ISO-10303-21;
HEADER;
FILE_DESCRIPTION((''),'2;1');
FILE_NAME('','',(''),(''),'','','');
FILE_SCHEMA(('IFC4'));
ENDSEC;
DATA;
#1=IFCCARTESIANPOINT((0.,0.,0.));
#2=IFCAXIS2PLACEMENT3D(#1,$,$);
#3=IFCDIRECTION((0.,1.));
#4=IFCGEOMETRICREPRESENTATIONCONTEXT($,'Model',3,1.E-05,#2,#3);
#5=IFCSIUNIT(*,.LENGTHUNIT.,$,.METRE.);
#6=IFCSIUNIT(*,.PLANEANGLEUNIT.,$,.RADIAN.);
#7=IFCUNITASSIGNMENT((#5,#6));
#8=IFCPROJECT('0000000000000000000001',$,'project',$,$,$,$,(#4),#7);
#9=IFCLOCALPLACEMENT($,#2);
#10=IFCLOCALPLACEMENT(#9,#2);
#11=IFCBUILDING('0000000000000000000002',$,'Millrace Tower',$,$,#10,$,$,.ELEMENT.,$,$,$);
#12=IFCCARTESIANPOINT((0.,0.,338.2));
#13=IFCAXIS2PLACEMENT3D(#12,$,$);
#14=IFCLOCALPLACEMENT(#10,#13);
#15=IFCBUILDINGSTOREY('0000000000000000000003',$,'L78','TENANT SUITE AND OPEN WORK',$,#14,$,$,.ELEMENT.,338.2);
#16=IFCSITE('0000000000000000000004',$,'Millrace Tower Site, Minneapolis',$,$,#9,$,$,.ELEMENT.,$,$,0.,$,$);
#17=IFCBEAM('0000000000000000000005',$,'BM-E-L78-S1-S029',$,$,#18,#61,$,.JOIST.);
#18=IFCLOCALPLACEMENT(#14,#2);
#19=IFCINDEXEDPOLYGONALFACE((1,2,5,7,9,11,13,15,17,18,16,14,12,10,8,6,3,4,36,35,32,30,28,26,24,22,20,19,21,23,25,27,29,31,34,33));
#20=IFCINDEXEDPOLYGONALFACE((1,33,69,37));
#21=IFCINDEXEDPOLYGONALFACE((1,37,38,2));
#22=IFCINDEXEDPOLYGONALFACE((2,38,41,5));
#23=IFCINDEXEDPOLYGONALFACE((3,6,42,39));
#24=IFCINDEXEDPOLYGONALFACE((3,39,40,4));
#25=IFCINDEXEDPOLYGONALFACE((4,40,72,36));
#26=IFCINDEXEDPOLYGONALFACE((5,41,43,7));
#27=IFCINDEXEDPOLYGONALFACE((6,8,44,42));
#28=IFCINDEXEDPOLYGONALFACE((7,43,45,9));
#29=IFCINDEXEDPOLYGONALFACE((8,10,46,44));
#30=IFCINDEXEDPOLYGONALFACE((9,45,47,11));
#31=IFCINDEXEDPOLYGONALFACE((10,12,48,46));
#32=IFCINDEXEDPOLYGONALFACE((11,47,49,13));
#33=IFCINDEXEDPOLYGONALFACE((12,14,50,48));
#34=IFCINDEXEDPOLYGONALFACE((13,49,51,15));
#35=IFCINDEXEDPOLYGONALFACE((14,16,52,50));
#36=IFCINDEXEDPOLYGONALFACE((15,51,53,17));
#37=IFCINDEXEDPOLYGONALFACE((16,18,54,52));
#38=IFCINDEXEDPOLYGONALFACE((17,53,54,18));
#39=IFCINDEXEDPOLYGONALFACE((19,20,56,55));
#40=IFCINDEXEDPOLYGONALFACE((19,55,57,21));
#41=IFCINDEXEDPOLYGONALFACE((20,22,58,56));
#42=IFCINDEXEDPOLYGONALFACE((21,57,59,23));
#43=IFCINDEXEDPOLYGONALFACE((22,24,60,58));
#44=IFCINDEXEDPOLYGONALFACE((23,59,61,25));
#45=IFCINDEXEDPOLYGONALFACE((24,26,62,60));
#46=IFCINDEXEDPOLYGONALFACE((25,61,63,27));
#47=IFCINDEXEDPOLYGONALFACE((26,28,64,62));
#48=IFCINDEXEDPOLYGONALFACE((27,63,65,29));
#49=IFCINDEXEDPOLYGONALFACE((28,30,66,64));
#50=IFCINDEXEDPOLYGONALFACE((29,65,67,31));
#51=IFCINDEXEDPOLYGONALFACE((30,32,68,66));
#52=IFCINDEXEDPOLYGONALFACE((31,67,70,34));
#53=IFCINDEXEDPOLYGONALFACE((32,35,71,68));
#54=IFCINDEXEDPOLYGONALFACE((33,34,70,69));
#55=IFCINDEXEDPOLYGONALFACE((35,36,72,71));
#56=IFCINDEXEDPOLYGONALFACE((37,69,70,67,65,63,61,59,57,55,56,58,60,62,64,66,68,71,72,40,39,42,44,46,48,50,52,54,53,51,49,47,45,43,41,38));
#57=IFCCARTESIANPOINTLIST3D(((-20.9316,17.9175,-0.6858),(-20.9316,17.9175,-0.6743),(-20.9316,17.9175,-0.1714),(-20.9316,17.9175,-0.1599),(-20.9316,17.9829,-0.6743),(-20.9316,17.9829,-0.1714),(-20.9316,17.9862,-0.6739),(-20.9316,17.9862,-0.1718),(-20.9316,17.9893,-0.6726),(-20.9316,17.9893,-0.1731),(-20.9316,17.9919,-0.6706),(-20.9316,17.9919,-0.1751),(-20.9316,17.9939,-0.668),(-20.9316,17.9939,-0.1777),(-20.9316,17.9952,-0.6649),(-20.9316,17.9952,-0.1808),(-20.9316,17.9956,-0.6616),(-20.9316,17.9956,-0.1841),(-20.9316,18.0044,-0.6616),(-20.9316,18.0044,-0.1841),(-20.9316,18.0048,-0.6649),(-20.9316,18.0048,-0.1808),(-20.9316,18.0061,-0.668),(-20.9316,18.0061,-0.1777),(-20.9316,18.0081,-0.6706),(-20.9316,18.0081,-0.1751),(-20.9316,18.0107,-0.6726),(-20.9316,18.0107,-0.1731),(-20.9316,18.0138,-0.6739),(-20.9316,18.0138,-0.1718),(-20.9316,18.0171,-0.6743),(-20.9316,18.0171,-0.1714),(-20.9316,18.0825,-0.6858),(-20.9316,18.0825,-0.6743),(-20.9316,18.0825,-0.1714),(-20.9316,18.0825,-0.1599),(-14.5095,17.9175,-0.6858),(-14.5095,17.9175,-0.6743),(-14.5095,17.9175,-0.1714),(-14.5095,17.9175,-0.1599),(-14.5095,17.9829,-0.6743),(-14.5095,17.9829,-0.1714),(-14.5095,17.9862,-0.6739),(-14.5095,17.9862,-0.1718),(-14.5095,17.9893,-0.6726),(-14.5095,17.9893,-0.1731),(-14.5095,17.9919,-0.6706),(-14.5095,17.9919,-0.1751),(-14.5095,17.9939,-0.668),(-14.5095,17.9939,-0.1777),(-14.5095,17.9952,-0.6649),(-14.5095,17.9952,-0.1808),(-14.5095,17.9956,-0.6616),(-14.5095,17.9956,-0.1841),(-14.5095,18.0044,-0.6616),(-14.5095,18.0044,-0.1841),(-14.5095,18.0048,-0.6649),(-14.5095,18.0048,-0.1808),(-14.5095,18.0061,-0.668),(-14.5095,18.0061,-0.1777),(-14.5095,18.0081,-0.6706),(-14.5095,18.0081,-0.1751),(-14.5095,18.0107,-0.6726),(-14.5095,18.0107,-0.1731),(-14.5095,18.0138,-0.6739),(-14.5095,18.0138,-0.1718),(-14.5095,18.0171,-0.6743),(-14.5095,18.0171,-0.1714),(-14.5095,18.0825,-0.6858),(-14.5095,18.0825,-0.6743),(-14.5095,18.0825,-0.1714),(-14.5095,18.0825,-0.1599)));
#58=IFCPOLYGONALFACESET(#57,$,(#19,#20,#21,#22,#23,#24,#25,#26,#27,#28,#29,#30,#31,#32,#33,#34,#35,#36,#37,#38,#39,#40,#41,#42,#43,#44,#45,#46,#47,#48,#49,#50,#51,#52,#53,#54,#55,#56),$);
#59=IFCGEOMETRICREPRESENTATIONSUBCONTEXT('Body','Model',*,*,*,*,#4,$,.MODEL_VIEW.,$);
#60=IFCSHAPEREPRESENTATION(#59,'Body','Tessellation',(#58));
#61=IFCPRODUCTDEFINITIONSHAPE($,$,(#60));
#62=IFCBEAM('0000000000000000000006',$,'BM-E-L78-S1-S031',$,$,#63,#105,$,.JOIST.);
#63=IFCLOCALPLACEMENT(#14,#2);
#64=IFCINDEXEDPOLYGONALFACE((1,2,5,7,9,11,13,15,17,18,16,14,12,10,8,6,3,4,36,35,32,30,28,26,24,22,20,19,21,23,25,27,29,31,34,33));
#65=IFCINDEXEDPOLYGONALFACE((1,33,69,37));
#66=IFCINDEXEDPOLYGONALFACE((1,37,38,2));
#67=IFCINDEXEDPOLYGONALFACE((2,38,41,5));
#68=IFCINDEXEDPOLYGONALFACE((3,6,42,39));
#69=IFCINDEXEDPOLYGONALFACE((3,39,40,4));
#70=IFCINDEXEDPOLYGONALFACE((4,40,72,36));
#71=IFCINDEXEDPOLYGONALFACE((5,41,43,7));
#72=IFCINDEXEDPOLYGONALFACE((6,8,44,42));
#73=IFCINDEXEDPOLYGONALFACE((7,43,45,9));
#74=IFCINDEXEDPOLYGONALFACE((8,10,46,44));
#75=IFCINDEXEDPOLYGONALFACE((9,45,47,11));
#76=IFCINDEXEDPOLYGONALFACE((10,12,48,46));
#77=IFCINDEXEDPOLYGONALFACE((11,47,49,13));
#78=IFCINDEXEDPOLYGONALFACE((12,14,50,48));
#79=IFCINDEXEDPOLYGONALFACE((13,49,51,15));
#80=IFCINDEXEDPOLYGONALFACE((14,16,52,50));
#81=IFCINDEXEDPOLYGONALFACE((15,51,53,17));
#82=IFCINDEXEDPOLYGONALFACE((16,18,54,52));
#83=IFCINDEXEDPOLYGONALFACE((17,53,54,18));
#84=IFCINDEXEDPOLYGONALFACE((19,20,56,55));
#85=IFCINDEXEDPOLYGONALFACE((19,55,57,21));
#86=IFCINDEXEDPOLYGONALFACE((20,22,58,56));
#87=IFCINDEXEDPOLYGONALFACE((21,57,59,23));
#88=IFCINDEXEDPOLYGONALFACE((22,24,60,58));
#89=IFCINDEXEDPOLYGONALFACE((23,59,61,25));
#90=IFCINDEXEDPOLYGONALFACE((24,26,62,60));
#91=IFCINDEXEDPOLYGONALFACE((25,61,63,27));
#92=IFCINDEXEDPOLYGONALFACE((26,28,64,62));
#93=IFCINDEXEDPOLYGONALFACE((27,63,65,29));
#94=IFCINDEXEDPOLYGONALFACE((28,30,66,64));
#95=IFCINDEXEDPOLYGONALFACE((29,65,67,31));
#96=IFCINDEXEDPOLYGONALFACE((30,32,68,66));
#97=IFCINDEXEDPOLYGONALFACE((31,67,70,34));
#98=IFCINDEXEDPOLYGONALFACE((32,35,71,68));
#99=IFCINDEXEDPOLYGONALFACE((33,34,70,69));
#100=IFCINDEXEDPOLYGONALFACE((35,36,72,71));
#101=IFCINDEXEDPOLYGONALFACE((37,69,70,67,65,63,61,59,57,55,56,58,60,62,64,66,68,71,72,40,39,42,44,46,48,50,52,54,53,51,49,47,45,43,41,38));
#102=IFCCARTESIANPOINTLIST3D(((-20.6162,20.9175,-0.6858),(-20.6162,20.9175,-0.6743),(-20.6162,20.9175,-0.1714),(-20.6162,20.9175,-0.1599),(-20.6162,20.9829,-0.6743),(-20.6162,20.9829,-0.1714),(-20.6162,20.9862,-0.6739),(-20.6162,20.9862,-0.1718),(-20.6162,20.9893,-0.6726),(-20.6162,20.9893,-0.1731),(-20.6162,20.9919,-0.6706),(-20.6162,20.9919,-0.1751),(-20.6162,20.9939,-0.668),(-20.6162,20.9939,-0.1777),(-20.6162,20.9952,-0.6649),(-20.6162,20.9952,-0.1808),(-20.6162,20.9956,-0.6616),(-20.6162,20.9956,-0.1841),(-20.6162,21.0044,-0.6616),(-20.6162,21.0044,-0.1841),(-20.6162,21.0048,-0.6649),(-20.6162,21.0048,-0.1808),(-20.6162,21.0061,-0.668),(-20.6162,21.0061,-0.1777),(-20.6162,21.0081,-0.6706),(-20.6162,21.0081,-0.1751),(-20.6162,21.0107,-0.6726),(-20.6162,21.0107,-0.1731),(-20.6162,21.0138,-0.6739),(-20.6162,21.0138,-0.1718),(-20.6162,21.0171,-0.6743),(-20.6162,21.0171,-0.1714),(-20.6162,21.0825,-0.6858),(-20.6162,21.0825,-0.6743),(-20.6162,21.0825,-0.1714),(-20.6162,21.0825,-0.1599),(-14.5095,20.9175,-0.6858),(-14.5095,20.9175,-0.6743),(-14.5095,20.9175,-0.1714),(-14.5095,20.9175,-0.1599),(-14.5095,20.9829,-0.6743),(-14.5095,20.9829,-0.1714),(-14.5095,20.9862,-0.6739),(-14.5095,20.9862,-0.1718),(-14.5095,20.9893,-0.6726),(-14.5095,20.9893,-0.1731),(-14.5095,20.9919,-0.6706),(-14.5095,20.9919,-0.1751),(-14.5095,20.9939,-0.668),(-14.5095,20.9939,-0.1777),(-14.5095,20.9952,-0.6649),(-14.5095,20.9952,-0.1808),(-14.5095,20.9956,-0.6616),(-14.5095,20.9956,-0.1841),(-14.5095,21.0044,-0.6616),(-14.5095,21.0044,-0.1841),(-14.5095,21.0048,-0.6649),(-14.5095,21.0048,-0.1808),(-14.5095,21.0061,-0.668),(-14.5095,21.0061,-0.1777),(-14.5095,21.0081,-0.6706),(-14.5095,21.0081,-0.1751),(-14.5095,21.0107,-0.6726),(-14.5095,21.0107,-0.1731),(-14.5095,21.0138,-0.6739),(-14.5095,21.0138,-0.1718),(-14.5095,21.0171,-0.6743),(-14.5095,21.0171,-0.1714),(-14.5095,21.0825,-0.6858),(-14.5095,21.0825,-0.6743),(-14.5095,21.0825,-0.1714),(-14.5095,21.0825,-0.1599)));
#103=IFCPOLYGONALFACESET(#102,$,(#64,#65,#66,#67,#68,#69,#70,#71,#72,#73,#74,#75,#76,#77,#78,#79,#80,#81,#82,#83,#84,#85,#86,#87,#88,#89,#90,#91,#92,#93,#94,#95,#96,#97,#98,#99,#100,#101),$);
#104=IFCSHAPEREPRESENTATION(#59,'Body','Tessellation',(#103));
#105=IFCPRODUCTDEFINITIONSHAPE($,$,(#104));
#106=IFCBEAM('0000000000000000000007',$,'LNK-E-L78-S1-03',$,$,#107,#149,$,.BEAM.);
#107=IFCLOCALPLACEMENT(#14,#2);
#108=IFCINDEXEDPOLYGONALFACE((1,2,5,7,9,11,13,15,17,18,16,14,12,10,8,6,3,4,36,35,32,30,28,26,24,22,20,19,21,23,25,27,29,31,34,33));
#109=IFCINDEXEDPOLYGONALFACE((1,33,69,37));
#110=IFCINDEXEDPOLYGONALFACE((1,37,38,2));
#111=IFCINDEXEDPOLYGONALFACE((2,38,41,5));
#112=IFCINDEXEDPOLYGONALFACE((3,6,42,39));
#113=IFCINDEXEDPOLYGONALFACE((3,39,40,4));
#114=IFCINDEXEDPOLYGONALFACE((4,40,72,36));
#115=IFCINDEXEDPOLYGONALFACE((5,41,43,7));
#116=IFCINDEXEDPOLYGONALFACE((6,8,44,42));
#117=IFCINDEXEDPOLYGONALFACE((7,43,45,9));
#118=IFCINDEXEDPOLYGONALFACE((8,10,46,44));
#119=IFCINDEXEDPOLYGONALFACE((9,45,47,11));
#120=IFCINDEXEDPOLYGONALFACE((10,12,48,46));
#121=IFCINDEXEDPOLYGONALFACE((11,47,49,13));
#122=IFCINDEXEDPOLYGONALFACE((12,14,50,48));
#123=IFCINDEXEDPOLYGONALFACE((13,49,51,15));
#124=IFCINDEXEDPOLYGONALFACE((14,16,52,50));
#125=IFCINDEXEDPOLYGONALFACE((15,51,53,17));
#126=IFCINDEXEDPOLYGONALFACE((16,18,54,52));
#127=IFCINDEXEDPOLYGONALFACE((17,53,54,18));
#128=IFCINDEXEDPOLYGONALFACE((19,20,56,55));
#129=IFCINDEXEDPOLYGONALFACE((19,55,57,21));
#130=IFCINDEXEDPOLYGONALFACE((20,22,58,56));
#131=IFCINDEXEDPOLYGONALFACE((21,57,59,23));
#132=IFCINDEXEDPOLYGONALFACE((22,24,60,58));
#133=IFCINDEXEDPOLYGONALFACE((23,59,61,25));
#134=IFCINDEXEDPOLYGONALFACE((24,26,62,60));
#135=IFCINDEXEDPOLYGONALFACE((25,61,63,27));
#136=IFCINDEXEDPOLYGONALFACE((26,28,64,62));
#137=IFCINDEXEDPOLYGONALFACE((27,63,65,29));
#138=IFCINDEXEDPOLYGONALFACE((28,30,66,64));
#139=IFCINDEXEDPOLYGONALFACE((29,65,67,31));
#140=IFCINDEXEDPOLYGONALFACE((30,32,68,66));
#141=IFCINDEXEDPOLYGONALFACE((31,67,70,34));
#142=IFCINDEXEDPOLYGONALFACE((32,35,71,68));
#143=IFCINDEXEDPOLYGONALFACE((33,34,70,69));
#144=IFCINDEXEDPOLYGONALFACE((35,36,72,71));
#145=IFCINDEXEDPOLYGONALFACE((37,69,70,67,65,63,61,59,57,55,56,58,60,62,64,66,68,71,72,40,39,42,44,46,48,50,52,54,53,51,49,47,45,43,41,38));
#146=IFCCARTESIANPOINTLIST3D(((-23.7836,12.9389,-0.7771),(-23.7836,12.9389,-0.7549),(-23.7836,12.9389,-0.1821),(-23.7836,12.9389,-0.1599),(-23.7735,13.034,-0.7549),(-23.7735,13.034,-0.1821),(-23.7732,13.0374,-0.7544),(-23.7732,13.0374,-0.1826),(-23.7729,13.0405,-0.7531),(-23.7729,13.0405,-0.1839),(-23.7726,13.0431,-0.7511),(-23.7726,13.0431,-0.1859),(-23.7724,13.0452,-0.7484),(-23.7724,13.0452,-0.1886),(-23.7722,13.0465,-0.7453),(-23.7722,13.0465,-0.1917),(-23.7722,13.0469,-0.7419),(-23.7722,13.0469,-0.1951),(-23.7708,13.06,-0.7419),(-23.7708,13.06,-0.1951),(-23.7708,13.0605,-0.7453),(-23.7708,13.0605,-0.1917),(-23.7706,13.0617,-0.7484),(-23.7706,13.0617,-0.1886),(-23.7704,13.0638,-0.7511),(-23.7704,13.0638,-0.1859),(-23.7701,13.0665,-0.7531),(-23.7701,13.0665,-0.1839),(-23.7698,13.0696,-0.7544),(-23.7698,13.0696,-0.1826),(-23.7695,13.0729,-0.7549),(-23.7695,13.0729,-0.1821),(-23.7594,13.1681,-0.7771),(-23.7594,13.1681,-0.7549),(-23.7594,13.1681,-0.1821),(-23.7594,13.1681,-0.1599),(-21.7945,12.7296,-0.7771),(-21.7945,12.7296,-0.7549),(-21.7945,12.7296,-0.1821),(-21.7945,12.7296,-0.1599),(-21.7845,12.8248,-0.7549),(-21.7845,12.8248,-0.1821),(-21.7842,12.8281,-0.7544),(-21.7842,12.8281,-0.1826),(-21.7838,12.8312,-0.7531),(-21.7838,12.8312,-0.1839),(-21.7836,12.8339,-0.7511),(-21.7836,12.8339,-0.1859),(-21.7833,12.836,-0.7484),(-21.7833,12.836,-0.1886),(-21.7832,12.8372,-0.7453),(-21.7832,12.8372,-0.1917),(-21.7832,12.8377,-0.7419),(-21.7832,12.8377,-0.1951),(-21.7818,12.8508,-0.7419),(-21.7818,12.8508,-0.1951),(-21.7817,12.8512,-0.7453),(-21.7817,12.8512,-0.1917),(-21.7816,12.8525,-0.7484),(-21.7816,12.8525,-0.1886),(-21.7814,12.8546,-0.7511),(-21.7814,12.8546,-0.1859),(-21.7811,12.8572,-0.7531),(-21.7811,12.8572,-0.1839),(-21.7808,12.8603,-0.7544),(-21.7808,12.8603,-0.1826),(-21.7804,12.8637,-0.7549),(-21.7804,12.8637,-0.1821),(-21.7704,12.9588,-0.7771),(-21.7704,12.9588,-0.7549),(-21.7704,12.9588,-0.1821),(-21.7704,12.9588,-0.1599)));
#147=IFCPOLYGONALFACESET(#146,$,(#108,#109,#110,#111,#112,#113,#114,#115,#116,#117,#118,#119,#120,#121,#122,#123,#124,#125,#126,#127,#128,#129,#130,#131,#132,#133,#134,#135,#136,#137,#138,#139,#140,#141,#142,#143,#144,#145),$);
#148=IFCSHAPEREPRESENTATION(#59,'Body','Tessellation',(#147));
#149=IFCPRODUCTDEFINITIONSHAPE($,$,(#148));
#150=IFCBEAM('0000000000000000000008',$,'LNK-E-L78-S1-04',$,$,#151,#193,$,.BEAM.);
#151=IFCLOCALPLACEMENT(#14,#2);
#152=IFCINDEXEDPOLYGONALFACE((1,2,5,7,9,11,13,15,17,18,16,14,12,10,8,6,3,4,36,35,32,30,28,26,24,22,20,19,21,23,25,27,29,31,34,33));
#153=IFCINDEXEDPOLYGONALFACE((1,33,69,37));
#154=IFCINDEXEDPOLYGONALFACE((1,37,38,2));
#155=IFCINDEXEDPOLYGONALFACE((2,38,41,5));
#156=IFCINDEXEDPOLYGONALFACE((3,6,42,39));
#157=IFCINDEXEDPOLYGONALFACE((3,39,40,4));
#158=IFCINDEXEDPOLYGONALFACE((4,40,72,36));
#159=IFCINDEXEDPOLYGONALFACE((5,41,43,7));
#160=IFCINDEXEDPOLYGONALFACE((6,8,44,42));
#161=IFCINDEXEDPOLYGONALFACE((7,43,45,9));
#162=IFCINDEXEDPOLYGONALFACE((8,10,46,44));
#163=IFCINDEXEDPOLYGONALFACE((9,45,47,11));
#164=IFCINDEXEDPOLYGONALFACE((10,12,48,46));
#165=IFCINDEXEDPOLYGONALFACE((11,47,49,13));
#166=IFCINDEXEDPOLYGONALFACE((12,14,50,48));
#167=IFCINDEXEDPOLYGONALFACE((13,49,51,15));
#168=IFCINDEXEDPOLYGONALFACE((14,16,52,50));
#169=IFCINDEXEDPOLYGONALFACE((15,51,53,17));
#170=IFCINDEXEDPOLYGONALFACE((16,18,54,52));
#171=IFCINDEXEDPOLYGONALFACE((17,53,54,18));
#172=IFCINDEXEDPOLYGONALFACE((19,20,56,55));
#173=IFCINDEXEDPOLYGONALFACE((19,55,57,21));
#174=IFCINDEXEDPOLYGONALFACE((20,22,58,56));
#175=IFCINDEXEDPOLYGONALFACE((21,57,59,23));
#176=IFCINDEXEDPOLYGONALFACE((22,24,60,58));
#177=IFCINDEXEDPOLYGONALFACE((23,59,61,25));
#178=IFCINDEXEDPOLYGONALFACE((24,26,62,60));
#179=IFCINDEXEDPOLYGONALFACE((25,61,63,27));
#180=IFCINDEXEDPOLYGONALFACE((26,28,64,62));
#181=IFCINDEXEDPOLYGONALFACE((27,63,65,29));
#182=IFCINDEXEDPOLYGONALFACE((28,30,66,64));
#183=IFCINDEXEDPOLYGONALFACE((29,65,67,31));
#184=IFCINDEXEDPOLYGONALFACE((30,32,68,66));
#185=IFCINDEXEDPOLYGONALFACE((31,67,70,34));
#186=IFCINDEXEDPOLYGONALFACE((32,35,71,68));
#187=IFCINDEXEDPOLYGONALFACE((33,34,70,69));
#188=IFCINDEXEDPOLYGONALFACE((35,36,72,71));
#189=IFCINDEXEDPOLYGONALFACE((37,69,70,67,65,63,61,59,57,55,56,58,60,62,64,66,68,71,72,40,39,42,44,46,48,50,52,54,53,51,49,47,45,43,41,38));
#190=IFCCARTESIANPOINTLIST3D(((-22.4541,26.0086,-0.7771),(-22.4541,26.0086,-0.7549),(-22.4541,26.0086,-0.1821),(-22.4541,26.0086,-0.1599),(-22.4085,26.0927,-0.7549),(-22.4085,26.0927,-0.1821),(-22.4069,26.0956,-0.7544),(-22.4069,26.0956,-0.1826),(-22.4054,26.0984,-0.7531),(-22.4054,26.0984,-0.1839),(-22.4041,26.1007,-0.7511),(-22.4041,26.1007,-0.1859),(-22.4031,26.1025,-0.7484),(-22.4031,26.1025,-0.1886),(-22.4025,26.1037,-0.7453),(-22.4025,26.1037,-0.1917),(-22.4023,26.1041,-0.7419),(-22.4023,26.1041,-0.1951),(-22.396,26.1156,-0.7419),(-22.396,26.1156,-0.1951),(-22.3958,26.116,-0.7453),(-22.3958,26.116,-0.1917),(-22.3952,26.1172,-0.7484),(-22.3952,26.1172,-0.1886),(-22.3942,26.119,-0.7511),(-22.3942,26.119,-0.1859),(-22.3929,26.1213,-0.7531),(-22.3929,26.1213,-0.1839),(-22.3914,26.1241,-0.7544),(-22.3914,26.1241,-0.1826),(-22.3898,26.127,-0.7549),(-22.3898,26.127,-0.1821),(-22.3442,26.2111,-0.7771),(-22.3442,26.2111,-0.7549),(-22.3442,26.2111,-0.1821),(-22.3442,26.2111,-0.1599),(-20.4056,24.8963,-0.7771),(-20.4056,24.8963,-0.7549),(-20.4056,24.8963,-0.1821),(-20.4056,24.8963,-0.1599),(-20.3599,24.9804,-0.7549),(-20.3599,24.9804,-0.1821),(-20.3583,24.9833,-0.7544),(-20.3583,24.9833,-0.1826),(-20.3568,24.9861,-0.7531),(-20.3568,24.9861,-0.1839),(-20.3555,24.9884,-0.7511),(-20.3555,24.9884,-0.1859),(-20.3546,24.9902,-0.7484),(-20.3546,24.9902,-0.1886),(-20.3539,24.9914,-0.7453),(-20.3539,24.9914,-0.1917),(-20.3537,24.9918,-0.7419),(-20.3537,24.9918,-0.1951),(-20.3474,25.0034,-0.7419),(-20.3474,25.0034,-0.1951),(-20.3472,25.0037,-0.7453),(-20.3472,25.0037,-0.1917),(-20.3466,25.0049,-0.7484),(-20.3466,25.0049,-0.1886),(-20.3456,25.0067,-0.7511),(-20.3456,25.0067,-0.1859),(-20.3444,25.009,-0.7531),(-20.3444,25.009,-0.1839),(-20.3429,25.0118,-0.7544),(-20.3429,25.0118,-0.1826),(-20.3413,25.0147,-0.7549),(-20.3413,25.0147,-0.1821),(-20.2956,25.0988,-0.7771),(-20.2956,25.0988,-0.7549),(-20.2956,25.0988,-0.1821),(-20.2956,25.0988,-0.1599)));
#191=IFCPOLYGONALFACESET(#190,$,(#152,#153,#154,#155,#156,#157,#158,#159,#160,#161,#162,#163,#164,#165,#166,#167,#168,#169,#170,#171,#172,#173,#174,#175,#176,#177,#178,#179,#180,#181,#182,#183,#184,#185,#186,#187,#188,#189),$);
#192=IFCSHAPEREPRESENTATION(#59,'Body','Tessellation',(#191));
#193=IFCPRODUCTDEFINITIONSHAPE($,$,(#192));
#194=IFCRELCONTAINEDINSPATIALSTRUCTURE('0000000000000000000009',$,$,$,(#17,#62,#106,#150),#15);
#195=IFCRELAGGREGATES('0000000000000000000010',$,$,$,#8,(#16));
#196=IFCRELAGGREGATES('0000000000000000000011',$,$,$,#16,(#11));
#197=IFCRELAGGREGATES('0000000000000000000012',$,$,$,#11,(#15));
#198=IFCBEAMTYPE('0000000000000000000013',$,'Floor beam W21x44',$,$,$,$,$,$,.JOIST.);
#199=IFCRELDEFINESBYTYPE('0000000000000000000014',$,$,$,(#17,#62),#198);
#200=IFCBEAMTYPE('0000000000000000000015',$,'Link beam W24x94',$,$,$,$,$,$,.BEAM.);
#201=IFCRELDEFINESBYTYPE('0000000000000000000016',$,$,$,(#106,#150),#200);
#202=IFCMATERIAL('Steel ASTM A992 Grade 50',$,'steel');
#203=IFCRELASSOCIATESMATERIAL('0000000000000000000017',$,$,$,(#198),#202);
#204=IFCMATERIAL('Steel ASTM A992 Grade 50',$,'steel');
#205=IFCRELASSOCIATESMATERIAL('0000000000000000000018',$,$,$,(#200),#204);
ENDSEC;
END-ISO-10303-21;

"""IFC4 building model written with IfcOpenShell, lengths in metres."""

from ifc_helpers import new_model, si_unit, direction, frame, origin, origin_2d, place, context, subcontext, project, spatial, i_section, extrude, material, material_profile, profile_set, type_object, element, save


model = new_model("IFC4")

# Units and contexts
model_context = context("Model", 3, precision=1e-05, world=origin(), true_north=direction((0.0, 1.0)))
body_context = subcontext(model_context, "Body", "Model", "MODEL_VIEW")
ifc_project = project(units=[si_unit("LENGTHUNIT", "METRE"), si_unit("PLANEANGLEUNIT", "RADIAN")], contexts=[model_context])

# Site, building, storey
site_placement = place(None, origin())
site = spatial("IfcSite", under=ifc_project, at=site_placement, Name="Millrace Tower Site, Minneapolis", CompositionType="ELEMENT", RefElevation=0.0)
building_placement = place(site_placement, origin())
building = spatial("IfcBuilding", under=site, at=building_placement, Name="Millrace Tower", CompositionType="ELEMENT")
storey_placement = place(building_placement, frame((0.0, 0.0, 338.2)))
storey = spatial("IfcBuildingStorey", under=building, at=storey_placement, Name="L78", Description="TENANT SUITE AND OPEN WORK", CompositionType="ELEMENT", Elevation=338.2)

# Beams
ifc_material_1 = material(Name="Steel ASTM A992 Grade 50", Category="steel")
ifc_material_profile_1 = material_profile(ifc_material_1, i_section(OverallWidth=0.165, OverallDepth=0.5259, WebThickness=0.0088, FlangeThickness=0.0115, FilletRadius=0.0127, at=origin_2d()))
ifc_profile_set_1 = profile_set([ifc_material_profile_1], Name="Steel ASTM A992 Grade 50")
beam_type_1 = type_object("IfcBeamType", Name="Floor beam W21x44", PredefinedType="JOIST", material=ifc_profile_set_1)
beam_1_placement = place(storey_placement, frame((-20.9316, 18.0, -0.4229), z_axis=(1.0, 0.0, 0.0), x_axis=(0.0, 1.0, 0.0)))
element("IfcBeam", 1, at=beam_1_placement, inside=storey, type_object=beam_type_1, Name="BM-E-L78-S1-S029", PredefinedType="JOIST", context=body_context, shape_type="SweptSolid", body=[
    extrude(i_section(OverallWidth=0.165, OverallDepth=0.5259, WebThickness=0.0088, FlangeThickness=0.0115, FilletRadius=0.0127, at=origin_2d()), origin(), (0.0, 0.0, 1.0), 6.4221),
])
beam_2_placement = place(storey_placement, frame((-20.6162, 21.0, -0.4229), z_axis=(1.0, 0.0, 0.0), x_axis=(0.0, 1.0, 0.0)))
element("IfcBeam", 2, at=beam_2_placement, inside=storey, type_object=beam_type_1, Name="BM-E-L78-S1-S031", PredefinedType="JOIST", context=body_context, shape_type="SweptSolid", body=[
    extrude(i_section(OverallWidth=0.165, OverallDepth=0.5259, WebThickness=0.0088, FlangeThickness=0.0115, FilletRadius=0.0127, at=origin_2d()), origin(), (0.0, 0.0, 1.0), 6.1067),
])
ifc_material_2 = material(Name="Steel ASTM A992 Grade 50", Category="steel")
ifc_material_profile_2 = material_profile(ifc_material_2, i_section(OverallWidth=0.2305, OverallDepth=0.6172, WebThickness=0.0132, FlangeThickness=0.0222, FilletRadius=0.0129, at=origin_2d()))
ifc_profile_set_2 = profile_set([ifc_material_profile_2], Name="Steel ASTM A992 Grade 50")
beam_type_2 = type_object("IfcBeamType", Name="Link beam W24x94", PredefinedType="BEAM", material=ifc_profile_set_2)
beam_3_placement = place(storey_placement, frame((-21.7825, 12.8442, -0.4685), z_axis=(-0.994513, 0.104615, 0.0), x_axis=(-0.104615, -0.994513, 0.0)))
element("IfcBeam", 3, at=beam_3_placement, inside=storey, type_object=beam_type_2, Name="LNK-E-L78-S1-03", PredefinedType="BEAM", context=body_context, shape_type="SweptSolid", body=[
    extrude(i_section(OverallWidth=0.2305, OverallDepth=0.6172, WebThickness=0.0132, FlangeThickness=0.0222, FilletRadius=0.0129, at=origin_2d()), origin(), (0.0, 0.0, 1.0), 2.0),
])
beam_4_placement = place(storey_placement, frame((-20.3506, 24.9976, -0.4685), z_axis=(-0.878815, 0.477164, 0.0), x_axis=(-0.477164, -0.878815, 0.0)))
element("IfcBeam", 4, at=beam_4_placement, inside=storey, type_object=beam_type_2, Name="LNK-E-L78-S1-04", PredefinedType="BEAM", context=body_context, shape_type="SweptSolid", body=[
    extrude(i_section(OverallWidth=0.2305, OverallDepth=0.6172, WebThickness=0.0132, FlangeThickness=0.0222, FilletRadius=0.0129, at=origin_2d()), origin(), (0.0, 0.0, 1.0), 2.3311),
])

save(model, "model.ifc")
